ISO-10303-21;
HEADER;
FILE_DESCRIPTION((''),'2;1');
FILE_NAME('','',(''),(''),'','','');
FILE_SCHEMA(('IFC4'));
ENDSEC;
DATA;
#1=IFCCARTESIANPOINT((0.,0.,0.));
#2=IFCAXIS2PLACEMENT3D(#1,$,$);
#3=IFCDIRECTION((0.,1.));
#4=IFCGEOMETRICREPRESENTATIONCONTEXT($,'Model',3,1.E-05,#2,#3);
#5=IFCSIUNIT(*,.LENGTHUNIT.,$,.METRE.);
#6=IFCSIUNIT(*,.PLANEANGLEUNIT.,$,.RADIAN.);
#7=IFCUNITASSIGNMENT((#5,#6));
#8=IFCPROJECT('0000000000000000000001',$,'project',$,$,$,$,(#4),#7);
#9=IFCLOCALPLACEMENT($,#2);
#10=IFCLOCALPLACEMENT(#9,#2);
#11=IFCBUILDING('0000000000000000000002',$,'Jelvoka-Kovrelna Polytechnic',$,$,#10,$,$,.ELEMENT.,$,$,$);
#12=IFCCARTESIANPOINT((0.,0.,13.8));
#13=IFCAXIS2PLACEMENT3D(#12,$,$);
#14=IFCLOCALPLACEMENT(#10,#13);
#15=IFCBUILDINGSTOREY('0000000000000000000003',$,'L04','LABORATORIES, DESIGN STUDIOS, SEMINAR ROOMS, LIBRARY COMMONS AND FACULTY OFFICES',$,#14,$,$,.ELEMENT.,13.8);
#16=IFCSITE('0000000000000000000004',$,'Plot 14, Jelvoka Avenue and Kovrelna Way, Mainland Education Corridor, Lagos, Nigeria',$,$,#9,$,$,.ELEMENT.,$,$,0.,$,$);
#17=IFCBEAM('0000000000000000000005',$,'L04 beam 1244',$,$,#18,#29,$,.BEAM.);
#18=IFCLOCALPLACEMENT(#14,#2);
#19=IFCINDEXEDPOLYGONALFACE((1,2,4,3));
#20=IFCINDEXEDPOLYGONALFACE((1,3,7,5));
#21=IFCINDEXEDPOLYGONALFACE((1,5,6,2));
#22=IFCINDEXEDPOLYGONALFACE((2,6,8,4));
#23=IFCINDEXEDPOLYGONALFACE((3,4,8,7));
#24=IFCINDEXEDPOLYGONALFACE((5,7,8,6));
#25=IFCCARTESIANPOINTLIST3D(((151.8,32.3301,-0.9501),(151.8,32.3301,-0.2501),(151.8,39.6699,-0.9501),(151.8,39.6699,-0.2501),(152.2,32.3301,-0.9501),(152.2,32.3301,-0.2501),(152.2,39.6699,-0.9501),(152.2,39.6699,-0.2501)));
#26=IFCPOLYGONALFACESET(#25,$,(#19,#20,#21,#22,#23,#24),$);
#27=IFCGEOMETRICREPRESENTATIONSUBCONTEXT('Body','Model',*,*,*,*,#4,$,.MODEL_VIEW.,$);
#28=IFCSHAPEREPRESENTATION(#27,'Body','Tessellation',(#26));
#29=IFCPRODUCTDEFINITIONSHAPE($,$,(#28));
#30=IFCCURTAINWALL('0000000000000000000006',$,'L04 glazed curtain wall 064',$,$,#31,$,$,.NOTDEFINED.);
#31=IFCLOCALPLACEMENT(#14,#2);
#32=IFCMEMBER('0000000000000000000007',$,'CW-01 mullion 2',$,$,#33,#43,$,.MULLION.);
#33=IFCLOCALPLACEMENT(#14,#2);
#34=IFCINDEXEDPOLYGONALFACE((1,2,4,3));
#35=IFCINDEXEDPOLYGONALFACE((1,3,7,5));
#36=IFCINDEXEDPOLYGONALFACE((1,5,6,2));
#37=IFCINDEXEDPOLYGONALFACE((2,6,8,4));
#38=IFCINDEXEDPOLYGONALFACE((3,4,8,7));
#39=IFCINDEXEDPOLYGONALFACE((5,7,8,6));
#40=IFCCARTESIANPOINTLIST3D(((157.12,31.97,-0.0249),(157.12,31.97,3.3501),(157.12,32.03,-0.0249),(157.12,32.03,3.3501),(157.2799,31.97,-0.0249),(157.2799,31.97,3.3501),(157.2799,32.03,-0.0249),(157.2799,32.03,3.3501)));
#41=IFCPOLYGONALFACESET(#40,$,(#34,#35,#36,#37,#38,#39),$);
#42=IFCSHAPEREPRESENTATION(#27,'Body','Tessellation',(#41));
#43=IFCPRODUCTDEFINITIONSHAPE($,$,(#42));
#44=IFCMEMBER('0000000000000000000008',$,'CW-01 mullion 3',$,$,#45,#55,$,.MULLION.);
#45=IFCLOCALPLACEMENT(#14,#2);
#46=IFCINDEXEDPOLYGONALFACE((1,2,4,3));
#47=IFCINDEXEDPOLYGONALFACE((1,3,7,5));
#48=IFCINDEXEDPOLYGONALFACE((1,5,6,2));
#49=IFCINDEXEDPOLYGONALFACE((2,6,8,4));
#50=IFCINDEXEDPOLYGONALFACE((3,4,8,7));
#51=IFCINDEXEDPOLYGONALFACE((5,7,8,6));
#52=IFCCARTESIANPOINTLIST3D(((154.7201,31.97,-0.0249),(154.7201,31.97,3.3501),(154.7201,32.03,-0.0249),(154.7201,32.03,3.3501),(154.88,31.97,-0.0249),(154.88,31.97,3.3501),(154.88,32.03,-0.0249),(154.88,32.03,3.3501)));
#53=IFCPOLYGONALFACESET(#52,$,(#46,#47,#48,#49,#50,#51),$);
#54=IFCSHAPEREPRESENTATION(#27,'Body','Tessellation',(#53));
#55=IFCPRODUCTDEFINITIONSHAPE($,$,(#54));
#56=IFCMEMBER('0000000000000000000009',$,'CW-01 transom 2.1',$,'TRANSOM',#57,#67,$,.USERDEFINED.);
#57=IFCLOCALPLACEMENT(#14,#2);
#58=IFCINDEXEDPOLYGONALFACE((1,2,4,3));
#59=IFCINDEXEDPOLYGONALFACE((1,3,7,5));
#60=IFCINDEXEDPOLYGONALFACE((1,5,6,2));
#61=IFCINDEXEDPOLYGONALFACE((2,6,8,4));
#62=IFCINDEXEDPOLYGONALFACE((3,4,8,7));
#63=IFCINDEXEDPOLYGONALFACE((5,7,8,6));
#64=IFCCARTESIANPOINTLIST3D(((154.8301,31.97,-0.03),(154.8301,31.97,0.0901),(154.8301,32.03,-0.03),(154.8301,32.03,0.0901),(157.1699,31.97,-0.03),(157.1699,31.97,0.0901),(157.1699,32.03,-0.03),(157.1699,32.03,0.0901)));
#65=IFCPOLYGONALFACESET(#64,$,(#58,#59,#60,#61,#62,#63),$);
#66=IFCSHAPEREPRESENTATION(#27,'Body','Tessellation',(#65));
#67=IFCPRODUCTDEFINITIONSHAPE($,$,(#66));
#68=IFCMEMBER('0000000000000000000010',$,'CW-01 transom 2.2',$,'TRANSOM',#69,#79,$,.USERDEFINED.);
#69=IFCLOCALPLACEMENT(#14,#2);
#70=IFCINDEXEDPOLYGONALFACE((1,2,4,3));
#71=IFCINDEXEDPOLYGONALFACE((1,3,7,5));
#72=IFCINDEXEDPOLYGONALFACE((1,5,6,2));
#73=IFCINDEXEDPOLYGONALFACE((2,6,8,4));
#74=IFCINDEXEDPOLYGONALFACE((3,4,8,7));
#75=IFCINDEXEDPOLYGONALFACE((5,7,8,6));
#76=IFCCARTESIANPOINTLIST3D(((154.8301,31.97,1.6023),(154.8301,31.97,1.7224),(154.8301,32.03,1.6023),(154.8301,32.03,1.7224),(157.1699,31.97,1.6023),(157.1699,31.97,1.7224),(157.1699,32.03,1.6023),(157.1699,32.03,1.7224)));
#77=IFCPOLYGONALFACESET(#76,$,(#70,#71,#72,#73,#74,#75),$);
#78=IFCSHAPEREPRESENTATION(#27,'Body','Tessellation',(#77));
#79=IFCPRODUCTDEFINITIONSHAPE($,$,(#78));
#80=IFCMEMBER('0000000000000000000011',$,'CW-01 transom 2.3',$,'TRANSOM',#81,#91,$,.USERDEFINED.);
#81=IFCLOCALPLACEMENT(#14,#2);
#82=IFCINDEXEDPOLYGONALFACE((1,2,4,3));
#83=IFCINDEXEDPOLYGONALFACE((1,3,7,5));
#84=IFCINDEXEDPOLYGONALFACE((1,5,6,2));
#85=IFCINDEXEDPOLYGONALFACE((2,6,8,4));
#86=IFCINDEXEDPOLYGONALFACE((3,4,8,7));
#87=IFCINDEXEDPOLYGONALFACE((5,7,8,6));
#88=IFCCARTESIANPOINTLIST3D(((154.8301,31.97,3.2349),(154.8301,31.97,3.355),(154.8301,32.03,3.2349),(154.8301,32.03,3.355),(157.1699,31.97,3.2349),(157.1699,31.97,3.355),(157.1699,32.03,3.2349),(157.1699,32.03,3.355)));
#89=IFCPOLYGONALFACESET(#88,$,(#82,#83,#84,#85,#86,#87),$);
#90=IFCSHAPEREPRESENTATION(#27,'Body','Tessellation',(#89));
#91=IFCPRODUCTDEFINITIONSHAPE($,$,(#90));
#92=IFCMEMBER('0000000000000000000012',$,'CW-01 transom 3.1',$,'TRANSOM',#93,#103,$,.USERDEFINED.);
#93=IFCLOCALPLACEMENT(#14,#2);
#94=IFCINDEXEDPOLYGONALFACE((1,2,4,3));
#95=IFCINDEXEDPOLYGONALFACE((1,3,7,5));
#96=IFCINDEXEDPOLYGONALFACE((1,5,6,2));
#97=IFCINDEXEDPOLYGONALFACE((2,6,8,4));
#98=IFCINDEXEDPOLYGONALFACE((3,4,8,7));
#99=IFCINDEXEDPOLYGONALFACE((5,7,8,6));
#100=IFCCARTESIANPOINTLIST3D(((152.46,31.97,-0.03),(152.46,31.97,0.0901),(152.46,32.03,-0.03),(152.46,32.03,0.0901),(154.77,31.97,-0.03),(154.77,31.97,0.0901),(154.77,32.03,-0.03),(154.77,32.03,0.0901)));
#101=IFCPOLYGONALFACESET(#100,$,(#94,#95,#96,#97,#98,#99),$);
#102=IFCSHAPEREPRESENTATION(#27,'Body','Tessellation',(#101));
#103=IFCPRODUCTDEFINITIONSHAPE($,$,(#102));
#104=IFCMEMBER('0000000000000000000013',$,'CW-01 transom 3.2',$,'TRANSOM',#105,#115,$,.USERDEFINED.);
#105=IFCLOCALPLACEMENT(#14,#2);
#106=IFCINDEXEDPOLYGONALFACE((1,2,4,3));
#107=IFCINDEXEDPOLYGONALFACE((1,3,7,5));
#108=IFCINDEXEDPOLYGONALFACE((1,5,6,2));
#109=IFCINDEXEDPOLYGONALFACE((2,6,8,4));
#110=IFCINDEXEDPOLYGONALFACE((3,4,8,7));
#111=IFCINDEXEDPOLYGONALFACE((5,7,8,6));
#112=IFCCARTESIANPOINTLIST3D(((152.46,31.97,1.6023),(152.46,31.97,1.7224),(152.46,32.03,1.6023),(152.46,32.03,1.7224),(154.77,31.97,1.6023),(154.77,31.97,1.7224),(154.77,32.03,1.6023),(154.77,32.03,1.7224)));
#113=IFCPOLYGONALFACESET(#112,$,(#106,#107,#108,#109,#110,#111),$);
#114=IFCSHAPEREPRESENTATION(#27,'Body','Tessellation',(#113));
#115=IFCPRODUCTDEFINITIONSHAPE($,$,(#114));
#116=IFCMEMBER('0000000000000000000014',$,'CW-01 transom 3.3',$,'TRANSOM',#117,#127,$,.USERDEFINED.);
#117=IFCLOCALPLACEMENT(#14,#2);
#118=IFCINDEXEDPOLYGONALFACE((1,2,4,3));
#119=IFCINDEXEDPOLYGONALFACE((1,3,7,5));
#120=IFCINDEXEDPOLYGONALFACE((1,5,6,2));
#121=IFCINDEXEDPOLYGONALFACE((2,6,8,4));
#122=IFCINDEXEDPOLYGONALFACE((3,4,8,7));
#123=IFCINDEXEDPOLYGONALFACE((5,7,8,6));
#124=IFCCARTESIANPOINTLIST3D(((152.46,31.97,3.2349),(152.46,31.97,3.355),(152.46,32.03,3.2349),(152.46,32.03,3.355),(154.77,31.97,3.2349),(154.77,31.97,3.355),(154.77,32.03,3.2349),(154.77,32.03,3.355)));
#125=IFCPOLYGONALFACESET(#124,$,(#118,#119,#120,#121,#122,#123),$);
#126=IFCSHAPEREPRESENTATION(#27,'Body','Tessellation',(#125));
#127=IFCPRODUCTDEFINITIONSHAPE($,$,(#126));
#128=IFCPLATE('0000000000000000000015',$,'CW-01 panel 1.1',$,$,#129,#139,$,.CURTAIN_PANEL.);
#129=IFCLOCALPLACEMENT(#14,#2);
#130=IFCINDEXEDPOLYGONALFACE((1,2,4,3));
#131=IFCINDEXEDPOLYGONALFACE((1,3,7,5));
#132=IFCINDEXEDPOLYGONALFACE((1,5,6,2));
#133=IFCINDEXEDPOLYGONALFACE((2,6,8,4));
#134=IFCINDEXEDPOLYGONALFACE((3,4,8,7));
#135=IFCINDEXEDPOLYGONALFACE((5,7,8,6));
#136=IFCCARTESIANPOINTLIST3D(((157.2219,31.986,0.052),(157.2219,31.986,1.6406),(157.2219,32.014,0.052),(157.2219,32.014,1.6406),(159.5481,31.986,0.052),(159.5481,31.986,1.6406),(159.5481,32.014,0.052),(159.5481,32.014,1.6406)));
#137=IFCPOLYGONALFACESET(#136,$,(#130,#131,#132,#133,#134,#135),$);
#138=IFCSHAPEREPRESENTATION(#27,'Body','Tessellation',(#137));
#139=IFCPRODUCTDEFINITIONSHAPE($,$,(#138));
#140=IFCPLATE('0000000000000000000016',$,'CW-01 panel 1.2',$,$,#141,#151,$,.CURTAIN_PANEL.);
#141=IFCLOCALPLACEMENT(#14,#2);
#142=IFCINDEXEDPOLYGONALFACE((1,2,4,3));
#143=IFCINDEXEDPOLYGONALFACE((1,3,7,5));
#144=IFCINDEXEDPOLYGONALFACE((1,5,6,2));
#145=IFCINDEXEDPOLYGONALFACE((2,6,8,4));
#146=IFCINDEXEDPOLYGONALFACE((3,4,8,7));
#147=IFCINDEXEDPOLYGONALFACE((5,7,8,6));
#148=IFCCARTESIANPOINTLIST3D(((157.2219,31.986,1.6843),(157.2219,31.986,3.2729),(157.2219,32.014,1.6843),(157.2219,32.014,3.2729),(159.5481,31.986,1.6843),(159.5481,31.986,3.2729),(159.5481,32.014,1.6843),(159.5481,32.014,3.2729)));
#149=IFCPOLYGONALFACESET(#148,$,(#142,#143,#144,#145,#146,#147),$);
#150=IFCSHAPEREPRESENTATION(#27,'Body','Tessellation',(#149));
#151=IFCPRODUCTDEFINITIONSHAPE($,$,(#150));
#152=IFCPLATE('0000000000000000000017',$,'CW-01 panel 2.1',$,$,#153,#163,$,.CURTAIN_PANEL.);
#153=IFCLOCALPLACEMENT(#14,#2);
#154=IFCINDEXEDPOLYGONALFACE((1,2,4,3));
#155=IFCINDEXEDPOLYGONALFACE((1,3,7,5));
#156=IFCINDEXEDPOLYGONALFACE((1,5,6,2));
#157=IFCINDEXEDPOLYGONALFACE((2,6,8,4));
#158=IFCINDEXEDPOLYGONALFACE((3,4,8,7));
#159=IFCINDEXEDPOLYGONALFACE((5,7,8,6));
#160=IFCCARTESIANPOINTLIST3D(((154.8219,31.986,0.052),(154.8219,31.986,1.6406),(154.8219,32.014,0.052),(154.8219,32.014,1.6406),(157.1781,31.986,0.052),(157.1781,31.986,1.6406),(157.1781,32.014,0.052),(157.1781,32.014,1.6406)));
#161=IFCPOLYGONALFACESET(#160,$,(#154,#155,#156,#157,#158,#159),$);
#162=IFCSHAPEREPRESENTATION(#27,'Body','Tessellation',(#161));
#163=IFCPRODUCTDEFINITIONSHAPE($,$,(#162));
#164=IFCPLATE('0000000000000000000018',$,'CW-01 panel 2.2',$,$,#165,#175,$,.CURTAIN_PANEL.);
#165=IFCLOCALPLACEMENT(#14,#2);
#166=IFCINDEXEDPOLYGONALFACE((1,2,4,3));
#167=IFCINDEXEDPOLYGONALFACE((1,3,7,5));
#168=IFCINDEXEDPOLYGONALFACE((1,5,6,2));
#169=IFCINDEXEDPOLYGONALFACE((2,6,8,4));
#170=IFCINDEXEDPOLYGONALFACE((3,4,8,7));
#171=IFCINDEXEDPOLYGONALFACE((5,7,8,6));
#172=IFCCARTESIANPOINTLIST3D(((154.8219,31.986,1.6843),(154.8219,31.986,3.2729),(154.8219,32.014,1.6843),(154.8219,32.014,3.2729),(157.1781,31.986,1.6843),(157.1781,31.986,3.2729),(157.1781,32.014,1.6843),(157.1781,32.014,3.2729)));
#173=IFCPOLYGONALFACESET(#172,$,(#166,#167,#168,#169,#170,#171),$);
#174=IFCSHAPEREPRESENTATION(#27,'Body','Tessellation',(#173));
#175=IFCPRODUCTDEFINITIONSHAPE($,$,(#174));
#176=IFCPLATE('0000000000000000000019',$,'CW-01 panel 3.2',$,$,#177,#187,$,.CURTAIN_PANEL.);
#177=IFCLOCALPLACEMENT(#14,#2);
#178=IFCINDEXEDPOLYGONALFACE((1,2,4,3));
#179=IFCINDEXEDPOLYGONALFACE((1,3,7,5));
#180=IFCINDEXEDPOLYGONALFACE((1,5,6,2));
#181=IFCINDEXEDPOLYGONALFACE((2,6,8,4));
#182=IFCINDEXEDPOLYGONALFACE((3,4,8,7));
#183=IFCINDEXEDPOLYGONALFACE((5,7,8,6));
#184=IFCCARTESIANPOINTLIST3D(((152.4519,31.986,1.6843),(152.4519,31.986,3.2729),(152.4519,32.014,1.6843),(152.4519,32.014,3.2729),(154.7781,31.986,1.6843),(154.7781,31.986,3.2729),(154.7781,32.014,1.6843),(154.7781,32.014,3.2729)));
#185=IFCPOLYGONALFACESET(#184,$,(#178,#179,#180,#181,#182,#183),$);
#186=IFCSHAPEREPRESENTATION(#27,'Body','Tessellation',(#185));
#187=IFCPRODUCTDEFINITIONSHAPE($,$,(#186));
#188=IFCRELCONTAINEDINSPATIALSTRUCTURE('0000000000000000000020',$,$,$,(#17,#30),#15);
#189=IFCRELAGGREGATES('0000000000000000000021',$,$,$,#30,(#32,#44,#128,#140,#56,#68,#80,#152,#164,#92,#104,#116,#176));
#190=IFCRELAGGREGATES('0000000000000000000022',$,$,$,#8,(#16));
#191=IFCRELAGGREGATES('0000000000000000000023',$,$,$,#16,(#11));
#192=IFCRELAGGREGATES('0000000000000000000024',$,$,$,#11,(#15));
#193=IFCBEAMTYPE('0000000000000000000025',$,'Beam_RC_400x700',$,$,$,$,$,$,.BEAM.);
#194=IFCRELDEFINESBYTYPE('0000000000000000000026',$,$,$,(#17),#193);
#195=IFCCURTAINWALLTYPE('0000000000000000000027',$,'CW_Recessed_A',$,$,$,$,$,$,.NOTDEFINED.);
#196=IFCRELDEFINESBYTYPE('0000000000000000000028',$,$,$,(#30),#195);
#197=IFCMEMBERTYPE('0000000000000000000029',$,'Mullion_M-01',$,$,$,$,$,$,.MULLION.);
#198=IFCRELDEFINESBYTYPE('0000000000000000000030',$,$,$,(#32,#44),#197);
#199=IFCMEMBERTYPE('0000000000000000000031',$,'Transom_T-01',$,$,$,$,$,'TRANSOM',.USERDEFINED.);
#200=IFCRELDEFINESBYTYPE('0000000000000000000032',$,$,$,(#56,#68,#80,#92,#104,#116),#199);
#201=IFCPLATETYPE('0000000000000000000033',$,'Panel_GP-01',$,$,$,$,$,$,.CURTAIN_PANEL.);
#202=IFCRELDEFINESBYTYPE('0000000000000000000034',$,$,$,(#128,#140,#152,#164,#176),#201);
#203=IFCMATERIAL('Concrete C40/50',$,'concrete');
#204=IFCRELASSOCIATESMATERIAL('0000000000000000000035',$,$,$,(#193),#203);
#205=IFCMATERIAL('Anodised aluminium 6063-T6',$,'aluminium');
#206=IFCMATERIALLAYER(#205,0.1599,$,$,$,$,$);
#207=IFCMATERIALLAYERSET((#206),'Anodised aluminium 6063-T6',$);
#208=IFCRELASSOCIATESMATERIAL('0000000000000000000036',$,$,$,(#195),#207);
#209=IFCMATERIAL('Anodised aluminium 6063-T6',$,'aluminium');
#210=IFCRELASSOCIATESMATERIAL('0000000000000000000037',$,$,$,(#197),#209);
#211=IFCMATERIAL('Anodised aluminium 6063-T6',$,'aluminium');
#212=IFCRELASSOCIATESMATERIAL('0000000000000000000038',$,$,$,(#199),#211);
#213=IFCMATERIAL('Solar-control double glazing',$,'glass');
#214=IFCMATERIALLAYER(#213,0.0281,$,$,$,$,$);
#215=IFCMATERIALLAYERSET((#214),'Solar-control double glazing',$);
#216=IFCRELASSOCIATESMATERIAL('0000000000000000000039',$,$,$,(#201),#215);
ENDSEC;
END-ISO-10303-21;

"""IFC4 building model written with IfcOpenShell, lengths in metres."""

from ifc_helpers import new_model, si_unit, direction, frame, origin, origin_2d, place, context, subcontext, project, spatial, rectangle, extrude, material, layer, layer_set, material_profile, profile_set, type_object, element, aggregate, save


model = new_model("IFC4")

# Units and contexts
model_context = context("Model", 3, precision=1e-05, world=origin(), true_north=direction((0.0, 1.0)))
body_context = subcontext(model_context, "Body", "Model", "MODEL_VIEW")
ifc_project = project(units=[si_unit("LENGTHUNIT", "METRE"), si_unit("PLANEANGLEUNIT", "RADIAN")], contexts=[model_context])

# Site, building, storey
site_placement = place(None, origin())
site = spatial("IfcSite", under=ifc_project, at=site_placement, Name="Plot 14, Jelvoka Avenue and Kovrelna Way, Mainland Education Corridor, Lagos, Nigeria", CompositionType="ELEMENT", RefElevation=0.0)
building_placement = place(site_placement, origin())
building = spatial("IfcBuilding", under=site, at=building_placement, Name="Jelvoka-Kovrelna Polytechnic", CompositionType="ELEMENT")
storey_placement = place(building_placement, frame((0.0, 0.0, 13.8)))
storey = spatial("IfcBuildingStorey", under=building, at=storey_placement, Name="L04", Description="LABORATORIES, DESIGN STUDIOS, SEMINAR ROOMS, LIBRARY COMMONS AND FACULTY OFFICES", CompositionType="ELEMENT", Elevation=13.8)

# Beam
ifc_material_1 = material(Name="Concrete C40/50", Category="concrete")
ifc_material_profile_1 = material_profile(ifc_material_1, rectangle(XDim=0.3999, YDim=0.7, at=origin_2d()), Name="RC 400x700")
ifc_profile_set_1 = profile_set([ifc_material_profile_1], Name="Concrete C40/50")
beam_type = type_object("IfcBeamType", Name="Beam_RC_400x700", PredefinedType="BEAM", material=ifc_profile_set_1)
beam_placement = place(storey_placement, frame((152.0, 32.3301, -0.6001), z_axis=(0.0, 1.0, 0.0), x_axis=(-1.0, 0.0, 0.0)))
element("IfcBeam", 1, at=beam_placement, inside=storey, type_object=beam_type, Name="L04 beam 1244", PredefinedType="BEAM", context=body_context, shape_type="SweptSolid", body=[
    extrude(rectangle(XDim=0.3999, YDim=0.7, at=origin_2d()), origin(), (0.0, 0.0, 1.0), 7.3398),
])

# Curtain wall, members, plates
ifc_material_2 = material(Name="Anodised aluminium 6063-T6", Category="aluminium")
ifc_layer_1 = layer(ifc_material_2, 0.1599)
ifc_layer_set_1 = layer_set([ifc_layer_1], Name="Anodised aluminium 6063-T6")
curtain_wall_type = type_object("IfcCurtainWallType", Name="CW_Recessed_A", PredefinedType="NOTDEFINED", material=ifc_layer_set_1)
curtain_wall_placement = place(storey_placement, origin())
curtain_wall = element("IfcCurtainWall", 2, at=curtain_wall_placement, inside=storey, type_object=curtain_wall_type, Name="L04 glazed curtain wall 064", PredefinedType="NOTDEFINED")
ifc_material_3 = material(Name="Anodised aluminium 6063-T6", Category="aluminium")
ifc_material_profile_2 = material_profile(ifc_material_3, rectangle(XDim=0.0601, YDim=0.1599, at=origin_2d()), Name="ALU 60x160")
ifc_profile_set_2 = profile_set([ifc_material_profile_2], Name="Anodised aluminium 6063-T6")
member_type_1 = type_object("IfcMemberType", Name="Mullion_M-01", PredefinedType="MULLION", material=ifc_profile_set_2)
member_1_placement = place(storey_placement, frame((157.2, 32.0, -0.0249), z_axis=(0.0, 0.0, 1.0), x_axis=(0.0, -1.0, 0.0)))
member_1 = element("IfcMember", 3, at=member_1_placement, type_object=member_type_1, Name="CW-01 mullion 2", PredefinedType="MULLION", context=body_context, shape_type="SweptSolid", body=[
    extrude(rectangle(XDim=0.0601, YDim=0.1599, at=origin_2d()), origin(), (0.0, 0.0, 1.0), 3.375),
])
member_2_placement = place(storey_placement, frame((154.8, 32.0, -0.0249), z_axis=(0.0, 0.0, 1.0), x_axis=(0.0, -1.0, 0.0)))
member_2 = element("IfcMember", 4, at=member_2_placement, type_object=member_type_1, Name="CW-01 mullion 3", PredefinedType="MULLION", context=body_context, shape_type="SweptSolid", body=[
    extrude(rectangle(XDim=0.0601, YDim=0.1599, at=origin_2d()), origin(), (0.0, 0.0, 1.0), 3.375),
])
ifc_material_4 = material(Name="Anodised aluminium 6063-T6", Category="aluminium")
ifc_material_profile_3 = material_profile(ifc_material_4, rectangle(XDim=0.0601, YDim=0.1201, at=origin_2d()), Name="ALU 60x120")
ifc_profile_set_3 = profile_set([ifc_material_profile_3], Name="Anodised aluminium 6063-T6")
member_type_2 = type_object("IfcMemberType", Name="Transom_T-01", ElementType="TRANSOM", PredefinedType="USERDEFINED", material=ifc_profile_set_3)
member_3_placement = place(storey_placement, frame((157.1699, 32.0, 0.03), z_axis=(-1.0, 0.0, 0.0), x_axis=(0.0, -1.0, 0.0)))
member_3 = element("IfcMember", 5, at=member_3_placement, type_object=member_type_2, Name="CW-01 transom 2.1", ObjectType="TRANSOM", PredefinedType="USERDEFINED", context=body_context, shape_type="SweptSolid", body=[
    extrude(rectangle(XDim=0.0601, YDim=0.1201, at=origin_2d()), origin(), (0.0, 0.0, 1.0), 2.3398),
])
member_4_placement = place(storey_placement, frame((157.1699, 32.0, 1.6624), z_axis=(-1.0, 0.0, 0.0), x_axis=(0.0, -1.0, 0.0)))
member_4 = element("IfcMember", 6, at=member_4_placement, type_object=member_type_2, Name="CW-01 transom 2.2", ObjectType="TRANSOM", PredefinedType="USERDEFINED", context=body_context, shape_type="SweptSolid", body=[
    extrude(rectangle(XDim=0.0601, YDim=0.1201, at=origin_2d()), origin(), (0.0, 0.0, 1.0), 2.3398),
])
member_5_placement = place(storey_placement, frame((157.1699, 32.0, 3.2949), z_axis=(-1.0, 0.0, 0.0), x_axis=(0.0, -1.0, 0.0)))
member_5 = element("IfcMember", 7, at=member_5_placement, type_object=member_type_2, Name="CW-01 transom 2.3", ObjectType="TRANSOM", PredefinedType="USERDEFINED", context=body_context, shape_type="SweptSolid", body=[
    extrude(rectangle(XDim=0.0601, YDim=0.1201, at=origin_2d()), origin(), (0.0, 0.0, 1.0), 2.3398),
])
member_6_placement = place(storey_placement, frame((154.77, 32.0, 0.03), z_axis=(-1.0, 0.0, 0.0), x_axis=(0.0, -1.0, 0.0)))
member_6 = element("IfcMember", 8, at=member_6_placement, type_object=member_type_2, Name="CW-01 transom 3.1", ObjectType="TRANSOM", PredefinedType="USERDEFINED", context=body_context, shape_type="SweptSolid", body=[
    extrude(rectangle(XDim=0.0601, YDim=0.1201, at=origin_2d()), origin(), (0.0, 0.0, 1.0), 2.3101),
])
member_7_placement = place(storey_placement, frame((154.77, 32.0, 1.6624), z_axis=(-1.0, 0.0, 0.0), x_axis=(0.0, -1.0, 0.0)))
member_7 = element("IfcMember", 9, at=member_7_placement, type_object=member_type_2, Name="CW-01 transom 3.2", ObjectType="TRANSOM", PredefinedType="USERDEFINED", context=body_context, shape_type="SweptSolid", body=[
    extrude(rectangle(XDim=0.0601, YDim=0.1201, at=origin_2d()), origin(), (0.0, 0.0, 1.0), 2.3101),
])
member_8_placement = place(storey_placement, frame((154.77, 32.0, 3.2949), z_axis=(-1.0, 0.0, 0.0), x_axis=(0.0, -1.0, 0.0)))
member_8 = element("IfcMember", 10, at=member_8_placement, type_object=member_type_2, Name="CW-01 transom 3.3", ObjectType="TRANSOM", PredefinedType="USERDEFINED", context=body_context, shape_type="SweptSolid", body=[
    extrude(rectangle(XDim=0.0601, YDim=0.1201, at=origin_2d()), origin(), (0.0, 0.0, 1.0), 2.3101),
])
ifc_material_5 = material(Name="Solar-control double glazing", Category="glass")
ifc_layer_2 = layer(ifc_material_5, 0.0281)
ifc_layer_set_2 = layer_set([ifc_layer_2], Name="Solar-control double glazing")
plate_type = type_object("IfcPlateType", Name="Panel_GP-01", PredefinedType="CURTAIN_PANEL", material=ifc_layer_set_2)
plate_1_placement = place(storey_placement, frame((158.385, 32.0, 0.052), z_axis=(0.0, 0.0, 1.0), x_axis=(-1.0, 0.0, 0.0)))
plate_1 = element("IfcPlate", 11, at=plate_1_placement, type_object=plate_type, Name="CW-01 panel 1.1", PredefinedType="CURTAIN_PANEL", context=body_context, shape_type="SweptSolid", body=[
    extrude(rectangle(XDim=2.3262, YDim=0.0281, at=origin_2d()), origin(), (0.0, 0.0, 1.0), 1.5886),
])
plate_2_placement = place(storey_placement, frame((158.385, 32.0, 1.6843), z_axis=(0.0, 0.0, 1.0), x_axis=(-1.0, 0.0, 0.0)))
plate_2 = element("IfcPlate", 12, at=plate_2_placement, type_object=plate_type, Name="CW-01 panel 1.2", PredefinedType="CURTAIN_PANEL", context=body_context, shape_type="SweptSolid", body=[
    extrude(rectangle(XDim=2.3262, YDim=0.0281, at=origin_2d()), origin(), (0.0, 0.0, 1.0), 1.5886),
])
plate_3_placement = place(storey_placement, frame((156.0, 32.0, 0.052), z_axis=(0.0, 0.0, 1.0), x_axis=(-1.0, 0.0, 0.0)))
plate_3 = element("IfcPlate", 13, at=plate_3_placement, type_object=plate_type, Name="CW-01 panel 2.1", PredefinedType="CURTAIN_PANEL", context=body_context, shape_type="SweptSolid", body=[
    extrude(rectangle(XDim=2.3562, YDim=0.0281, at=origin_2d()), origin(), (0.0, 0.0, 1.0), 1.5886),
])
plate_4_placement = place(storey_placement, frame((156.0, 32.0, 1.6843), z_axis=(0.0, 0.0, 1.0), x_axis=(-1.0, 0.0, 0.0)))
plate_4 = element("IfcPlate", 14, at=plate_4_placement, type_object=plate_type, Name="CW-01 panel 2.2", PredefinedType="CURTAIN_PANEL", context=body_context, shape_type="SweptSolid", body=[
    extrude(rectangle(XDim=2.3562, YDim=0.0281, at=origin_2d()), origin(), (0.0, 0.0, 1.0), 1.5886),
])
plate_5_placement = place(storey_placement, frame((153.615, 32.0, 1.6843), z_axis=(0.0, 0.0, 1.0), x_axis=(-1.0, 0.0, 0.0)))
plate_5 = element("IfcPlate", 15, at=plate_5_placement, type_object=plate_type, Name="CW-01 panel 3.2", PredefinedType="CURTAIN_PANEL", context=body_context, shape_type="SweptSolid", body=[
    extrude(rectangle(XDim=2.3262, YDim=0.0281, at=origin_2d()), origin(), (0.0, 0.0, 1.0), 1.5886),
])
aggregate(curtain_wall, [member_1, member_2, plate_1, plate_2, member_3, member_4, member_5, plate_3, plate_4, member_6, member_7, member_8, plate_5])

save(model, "model.ifc")
